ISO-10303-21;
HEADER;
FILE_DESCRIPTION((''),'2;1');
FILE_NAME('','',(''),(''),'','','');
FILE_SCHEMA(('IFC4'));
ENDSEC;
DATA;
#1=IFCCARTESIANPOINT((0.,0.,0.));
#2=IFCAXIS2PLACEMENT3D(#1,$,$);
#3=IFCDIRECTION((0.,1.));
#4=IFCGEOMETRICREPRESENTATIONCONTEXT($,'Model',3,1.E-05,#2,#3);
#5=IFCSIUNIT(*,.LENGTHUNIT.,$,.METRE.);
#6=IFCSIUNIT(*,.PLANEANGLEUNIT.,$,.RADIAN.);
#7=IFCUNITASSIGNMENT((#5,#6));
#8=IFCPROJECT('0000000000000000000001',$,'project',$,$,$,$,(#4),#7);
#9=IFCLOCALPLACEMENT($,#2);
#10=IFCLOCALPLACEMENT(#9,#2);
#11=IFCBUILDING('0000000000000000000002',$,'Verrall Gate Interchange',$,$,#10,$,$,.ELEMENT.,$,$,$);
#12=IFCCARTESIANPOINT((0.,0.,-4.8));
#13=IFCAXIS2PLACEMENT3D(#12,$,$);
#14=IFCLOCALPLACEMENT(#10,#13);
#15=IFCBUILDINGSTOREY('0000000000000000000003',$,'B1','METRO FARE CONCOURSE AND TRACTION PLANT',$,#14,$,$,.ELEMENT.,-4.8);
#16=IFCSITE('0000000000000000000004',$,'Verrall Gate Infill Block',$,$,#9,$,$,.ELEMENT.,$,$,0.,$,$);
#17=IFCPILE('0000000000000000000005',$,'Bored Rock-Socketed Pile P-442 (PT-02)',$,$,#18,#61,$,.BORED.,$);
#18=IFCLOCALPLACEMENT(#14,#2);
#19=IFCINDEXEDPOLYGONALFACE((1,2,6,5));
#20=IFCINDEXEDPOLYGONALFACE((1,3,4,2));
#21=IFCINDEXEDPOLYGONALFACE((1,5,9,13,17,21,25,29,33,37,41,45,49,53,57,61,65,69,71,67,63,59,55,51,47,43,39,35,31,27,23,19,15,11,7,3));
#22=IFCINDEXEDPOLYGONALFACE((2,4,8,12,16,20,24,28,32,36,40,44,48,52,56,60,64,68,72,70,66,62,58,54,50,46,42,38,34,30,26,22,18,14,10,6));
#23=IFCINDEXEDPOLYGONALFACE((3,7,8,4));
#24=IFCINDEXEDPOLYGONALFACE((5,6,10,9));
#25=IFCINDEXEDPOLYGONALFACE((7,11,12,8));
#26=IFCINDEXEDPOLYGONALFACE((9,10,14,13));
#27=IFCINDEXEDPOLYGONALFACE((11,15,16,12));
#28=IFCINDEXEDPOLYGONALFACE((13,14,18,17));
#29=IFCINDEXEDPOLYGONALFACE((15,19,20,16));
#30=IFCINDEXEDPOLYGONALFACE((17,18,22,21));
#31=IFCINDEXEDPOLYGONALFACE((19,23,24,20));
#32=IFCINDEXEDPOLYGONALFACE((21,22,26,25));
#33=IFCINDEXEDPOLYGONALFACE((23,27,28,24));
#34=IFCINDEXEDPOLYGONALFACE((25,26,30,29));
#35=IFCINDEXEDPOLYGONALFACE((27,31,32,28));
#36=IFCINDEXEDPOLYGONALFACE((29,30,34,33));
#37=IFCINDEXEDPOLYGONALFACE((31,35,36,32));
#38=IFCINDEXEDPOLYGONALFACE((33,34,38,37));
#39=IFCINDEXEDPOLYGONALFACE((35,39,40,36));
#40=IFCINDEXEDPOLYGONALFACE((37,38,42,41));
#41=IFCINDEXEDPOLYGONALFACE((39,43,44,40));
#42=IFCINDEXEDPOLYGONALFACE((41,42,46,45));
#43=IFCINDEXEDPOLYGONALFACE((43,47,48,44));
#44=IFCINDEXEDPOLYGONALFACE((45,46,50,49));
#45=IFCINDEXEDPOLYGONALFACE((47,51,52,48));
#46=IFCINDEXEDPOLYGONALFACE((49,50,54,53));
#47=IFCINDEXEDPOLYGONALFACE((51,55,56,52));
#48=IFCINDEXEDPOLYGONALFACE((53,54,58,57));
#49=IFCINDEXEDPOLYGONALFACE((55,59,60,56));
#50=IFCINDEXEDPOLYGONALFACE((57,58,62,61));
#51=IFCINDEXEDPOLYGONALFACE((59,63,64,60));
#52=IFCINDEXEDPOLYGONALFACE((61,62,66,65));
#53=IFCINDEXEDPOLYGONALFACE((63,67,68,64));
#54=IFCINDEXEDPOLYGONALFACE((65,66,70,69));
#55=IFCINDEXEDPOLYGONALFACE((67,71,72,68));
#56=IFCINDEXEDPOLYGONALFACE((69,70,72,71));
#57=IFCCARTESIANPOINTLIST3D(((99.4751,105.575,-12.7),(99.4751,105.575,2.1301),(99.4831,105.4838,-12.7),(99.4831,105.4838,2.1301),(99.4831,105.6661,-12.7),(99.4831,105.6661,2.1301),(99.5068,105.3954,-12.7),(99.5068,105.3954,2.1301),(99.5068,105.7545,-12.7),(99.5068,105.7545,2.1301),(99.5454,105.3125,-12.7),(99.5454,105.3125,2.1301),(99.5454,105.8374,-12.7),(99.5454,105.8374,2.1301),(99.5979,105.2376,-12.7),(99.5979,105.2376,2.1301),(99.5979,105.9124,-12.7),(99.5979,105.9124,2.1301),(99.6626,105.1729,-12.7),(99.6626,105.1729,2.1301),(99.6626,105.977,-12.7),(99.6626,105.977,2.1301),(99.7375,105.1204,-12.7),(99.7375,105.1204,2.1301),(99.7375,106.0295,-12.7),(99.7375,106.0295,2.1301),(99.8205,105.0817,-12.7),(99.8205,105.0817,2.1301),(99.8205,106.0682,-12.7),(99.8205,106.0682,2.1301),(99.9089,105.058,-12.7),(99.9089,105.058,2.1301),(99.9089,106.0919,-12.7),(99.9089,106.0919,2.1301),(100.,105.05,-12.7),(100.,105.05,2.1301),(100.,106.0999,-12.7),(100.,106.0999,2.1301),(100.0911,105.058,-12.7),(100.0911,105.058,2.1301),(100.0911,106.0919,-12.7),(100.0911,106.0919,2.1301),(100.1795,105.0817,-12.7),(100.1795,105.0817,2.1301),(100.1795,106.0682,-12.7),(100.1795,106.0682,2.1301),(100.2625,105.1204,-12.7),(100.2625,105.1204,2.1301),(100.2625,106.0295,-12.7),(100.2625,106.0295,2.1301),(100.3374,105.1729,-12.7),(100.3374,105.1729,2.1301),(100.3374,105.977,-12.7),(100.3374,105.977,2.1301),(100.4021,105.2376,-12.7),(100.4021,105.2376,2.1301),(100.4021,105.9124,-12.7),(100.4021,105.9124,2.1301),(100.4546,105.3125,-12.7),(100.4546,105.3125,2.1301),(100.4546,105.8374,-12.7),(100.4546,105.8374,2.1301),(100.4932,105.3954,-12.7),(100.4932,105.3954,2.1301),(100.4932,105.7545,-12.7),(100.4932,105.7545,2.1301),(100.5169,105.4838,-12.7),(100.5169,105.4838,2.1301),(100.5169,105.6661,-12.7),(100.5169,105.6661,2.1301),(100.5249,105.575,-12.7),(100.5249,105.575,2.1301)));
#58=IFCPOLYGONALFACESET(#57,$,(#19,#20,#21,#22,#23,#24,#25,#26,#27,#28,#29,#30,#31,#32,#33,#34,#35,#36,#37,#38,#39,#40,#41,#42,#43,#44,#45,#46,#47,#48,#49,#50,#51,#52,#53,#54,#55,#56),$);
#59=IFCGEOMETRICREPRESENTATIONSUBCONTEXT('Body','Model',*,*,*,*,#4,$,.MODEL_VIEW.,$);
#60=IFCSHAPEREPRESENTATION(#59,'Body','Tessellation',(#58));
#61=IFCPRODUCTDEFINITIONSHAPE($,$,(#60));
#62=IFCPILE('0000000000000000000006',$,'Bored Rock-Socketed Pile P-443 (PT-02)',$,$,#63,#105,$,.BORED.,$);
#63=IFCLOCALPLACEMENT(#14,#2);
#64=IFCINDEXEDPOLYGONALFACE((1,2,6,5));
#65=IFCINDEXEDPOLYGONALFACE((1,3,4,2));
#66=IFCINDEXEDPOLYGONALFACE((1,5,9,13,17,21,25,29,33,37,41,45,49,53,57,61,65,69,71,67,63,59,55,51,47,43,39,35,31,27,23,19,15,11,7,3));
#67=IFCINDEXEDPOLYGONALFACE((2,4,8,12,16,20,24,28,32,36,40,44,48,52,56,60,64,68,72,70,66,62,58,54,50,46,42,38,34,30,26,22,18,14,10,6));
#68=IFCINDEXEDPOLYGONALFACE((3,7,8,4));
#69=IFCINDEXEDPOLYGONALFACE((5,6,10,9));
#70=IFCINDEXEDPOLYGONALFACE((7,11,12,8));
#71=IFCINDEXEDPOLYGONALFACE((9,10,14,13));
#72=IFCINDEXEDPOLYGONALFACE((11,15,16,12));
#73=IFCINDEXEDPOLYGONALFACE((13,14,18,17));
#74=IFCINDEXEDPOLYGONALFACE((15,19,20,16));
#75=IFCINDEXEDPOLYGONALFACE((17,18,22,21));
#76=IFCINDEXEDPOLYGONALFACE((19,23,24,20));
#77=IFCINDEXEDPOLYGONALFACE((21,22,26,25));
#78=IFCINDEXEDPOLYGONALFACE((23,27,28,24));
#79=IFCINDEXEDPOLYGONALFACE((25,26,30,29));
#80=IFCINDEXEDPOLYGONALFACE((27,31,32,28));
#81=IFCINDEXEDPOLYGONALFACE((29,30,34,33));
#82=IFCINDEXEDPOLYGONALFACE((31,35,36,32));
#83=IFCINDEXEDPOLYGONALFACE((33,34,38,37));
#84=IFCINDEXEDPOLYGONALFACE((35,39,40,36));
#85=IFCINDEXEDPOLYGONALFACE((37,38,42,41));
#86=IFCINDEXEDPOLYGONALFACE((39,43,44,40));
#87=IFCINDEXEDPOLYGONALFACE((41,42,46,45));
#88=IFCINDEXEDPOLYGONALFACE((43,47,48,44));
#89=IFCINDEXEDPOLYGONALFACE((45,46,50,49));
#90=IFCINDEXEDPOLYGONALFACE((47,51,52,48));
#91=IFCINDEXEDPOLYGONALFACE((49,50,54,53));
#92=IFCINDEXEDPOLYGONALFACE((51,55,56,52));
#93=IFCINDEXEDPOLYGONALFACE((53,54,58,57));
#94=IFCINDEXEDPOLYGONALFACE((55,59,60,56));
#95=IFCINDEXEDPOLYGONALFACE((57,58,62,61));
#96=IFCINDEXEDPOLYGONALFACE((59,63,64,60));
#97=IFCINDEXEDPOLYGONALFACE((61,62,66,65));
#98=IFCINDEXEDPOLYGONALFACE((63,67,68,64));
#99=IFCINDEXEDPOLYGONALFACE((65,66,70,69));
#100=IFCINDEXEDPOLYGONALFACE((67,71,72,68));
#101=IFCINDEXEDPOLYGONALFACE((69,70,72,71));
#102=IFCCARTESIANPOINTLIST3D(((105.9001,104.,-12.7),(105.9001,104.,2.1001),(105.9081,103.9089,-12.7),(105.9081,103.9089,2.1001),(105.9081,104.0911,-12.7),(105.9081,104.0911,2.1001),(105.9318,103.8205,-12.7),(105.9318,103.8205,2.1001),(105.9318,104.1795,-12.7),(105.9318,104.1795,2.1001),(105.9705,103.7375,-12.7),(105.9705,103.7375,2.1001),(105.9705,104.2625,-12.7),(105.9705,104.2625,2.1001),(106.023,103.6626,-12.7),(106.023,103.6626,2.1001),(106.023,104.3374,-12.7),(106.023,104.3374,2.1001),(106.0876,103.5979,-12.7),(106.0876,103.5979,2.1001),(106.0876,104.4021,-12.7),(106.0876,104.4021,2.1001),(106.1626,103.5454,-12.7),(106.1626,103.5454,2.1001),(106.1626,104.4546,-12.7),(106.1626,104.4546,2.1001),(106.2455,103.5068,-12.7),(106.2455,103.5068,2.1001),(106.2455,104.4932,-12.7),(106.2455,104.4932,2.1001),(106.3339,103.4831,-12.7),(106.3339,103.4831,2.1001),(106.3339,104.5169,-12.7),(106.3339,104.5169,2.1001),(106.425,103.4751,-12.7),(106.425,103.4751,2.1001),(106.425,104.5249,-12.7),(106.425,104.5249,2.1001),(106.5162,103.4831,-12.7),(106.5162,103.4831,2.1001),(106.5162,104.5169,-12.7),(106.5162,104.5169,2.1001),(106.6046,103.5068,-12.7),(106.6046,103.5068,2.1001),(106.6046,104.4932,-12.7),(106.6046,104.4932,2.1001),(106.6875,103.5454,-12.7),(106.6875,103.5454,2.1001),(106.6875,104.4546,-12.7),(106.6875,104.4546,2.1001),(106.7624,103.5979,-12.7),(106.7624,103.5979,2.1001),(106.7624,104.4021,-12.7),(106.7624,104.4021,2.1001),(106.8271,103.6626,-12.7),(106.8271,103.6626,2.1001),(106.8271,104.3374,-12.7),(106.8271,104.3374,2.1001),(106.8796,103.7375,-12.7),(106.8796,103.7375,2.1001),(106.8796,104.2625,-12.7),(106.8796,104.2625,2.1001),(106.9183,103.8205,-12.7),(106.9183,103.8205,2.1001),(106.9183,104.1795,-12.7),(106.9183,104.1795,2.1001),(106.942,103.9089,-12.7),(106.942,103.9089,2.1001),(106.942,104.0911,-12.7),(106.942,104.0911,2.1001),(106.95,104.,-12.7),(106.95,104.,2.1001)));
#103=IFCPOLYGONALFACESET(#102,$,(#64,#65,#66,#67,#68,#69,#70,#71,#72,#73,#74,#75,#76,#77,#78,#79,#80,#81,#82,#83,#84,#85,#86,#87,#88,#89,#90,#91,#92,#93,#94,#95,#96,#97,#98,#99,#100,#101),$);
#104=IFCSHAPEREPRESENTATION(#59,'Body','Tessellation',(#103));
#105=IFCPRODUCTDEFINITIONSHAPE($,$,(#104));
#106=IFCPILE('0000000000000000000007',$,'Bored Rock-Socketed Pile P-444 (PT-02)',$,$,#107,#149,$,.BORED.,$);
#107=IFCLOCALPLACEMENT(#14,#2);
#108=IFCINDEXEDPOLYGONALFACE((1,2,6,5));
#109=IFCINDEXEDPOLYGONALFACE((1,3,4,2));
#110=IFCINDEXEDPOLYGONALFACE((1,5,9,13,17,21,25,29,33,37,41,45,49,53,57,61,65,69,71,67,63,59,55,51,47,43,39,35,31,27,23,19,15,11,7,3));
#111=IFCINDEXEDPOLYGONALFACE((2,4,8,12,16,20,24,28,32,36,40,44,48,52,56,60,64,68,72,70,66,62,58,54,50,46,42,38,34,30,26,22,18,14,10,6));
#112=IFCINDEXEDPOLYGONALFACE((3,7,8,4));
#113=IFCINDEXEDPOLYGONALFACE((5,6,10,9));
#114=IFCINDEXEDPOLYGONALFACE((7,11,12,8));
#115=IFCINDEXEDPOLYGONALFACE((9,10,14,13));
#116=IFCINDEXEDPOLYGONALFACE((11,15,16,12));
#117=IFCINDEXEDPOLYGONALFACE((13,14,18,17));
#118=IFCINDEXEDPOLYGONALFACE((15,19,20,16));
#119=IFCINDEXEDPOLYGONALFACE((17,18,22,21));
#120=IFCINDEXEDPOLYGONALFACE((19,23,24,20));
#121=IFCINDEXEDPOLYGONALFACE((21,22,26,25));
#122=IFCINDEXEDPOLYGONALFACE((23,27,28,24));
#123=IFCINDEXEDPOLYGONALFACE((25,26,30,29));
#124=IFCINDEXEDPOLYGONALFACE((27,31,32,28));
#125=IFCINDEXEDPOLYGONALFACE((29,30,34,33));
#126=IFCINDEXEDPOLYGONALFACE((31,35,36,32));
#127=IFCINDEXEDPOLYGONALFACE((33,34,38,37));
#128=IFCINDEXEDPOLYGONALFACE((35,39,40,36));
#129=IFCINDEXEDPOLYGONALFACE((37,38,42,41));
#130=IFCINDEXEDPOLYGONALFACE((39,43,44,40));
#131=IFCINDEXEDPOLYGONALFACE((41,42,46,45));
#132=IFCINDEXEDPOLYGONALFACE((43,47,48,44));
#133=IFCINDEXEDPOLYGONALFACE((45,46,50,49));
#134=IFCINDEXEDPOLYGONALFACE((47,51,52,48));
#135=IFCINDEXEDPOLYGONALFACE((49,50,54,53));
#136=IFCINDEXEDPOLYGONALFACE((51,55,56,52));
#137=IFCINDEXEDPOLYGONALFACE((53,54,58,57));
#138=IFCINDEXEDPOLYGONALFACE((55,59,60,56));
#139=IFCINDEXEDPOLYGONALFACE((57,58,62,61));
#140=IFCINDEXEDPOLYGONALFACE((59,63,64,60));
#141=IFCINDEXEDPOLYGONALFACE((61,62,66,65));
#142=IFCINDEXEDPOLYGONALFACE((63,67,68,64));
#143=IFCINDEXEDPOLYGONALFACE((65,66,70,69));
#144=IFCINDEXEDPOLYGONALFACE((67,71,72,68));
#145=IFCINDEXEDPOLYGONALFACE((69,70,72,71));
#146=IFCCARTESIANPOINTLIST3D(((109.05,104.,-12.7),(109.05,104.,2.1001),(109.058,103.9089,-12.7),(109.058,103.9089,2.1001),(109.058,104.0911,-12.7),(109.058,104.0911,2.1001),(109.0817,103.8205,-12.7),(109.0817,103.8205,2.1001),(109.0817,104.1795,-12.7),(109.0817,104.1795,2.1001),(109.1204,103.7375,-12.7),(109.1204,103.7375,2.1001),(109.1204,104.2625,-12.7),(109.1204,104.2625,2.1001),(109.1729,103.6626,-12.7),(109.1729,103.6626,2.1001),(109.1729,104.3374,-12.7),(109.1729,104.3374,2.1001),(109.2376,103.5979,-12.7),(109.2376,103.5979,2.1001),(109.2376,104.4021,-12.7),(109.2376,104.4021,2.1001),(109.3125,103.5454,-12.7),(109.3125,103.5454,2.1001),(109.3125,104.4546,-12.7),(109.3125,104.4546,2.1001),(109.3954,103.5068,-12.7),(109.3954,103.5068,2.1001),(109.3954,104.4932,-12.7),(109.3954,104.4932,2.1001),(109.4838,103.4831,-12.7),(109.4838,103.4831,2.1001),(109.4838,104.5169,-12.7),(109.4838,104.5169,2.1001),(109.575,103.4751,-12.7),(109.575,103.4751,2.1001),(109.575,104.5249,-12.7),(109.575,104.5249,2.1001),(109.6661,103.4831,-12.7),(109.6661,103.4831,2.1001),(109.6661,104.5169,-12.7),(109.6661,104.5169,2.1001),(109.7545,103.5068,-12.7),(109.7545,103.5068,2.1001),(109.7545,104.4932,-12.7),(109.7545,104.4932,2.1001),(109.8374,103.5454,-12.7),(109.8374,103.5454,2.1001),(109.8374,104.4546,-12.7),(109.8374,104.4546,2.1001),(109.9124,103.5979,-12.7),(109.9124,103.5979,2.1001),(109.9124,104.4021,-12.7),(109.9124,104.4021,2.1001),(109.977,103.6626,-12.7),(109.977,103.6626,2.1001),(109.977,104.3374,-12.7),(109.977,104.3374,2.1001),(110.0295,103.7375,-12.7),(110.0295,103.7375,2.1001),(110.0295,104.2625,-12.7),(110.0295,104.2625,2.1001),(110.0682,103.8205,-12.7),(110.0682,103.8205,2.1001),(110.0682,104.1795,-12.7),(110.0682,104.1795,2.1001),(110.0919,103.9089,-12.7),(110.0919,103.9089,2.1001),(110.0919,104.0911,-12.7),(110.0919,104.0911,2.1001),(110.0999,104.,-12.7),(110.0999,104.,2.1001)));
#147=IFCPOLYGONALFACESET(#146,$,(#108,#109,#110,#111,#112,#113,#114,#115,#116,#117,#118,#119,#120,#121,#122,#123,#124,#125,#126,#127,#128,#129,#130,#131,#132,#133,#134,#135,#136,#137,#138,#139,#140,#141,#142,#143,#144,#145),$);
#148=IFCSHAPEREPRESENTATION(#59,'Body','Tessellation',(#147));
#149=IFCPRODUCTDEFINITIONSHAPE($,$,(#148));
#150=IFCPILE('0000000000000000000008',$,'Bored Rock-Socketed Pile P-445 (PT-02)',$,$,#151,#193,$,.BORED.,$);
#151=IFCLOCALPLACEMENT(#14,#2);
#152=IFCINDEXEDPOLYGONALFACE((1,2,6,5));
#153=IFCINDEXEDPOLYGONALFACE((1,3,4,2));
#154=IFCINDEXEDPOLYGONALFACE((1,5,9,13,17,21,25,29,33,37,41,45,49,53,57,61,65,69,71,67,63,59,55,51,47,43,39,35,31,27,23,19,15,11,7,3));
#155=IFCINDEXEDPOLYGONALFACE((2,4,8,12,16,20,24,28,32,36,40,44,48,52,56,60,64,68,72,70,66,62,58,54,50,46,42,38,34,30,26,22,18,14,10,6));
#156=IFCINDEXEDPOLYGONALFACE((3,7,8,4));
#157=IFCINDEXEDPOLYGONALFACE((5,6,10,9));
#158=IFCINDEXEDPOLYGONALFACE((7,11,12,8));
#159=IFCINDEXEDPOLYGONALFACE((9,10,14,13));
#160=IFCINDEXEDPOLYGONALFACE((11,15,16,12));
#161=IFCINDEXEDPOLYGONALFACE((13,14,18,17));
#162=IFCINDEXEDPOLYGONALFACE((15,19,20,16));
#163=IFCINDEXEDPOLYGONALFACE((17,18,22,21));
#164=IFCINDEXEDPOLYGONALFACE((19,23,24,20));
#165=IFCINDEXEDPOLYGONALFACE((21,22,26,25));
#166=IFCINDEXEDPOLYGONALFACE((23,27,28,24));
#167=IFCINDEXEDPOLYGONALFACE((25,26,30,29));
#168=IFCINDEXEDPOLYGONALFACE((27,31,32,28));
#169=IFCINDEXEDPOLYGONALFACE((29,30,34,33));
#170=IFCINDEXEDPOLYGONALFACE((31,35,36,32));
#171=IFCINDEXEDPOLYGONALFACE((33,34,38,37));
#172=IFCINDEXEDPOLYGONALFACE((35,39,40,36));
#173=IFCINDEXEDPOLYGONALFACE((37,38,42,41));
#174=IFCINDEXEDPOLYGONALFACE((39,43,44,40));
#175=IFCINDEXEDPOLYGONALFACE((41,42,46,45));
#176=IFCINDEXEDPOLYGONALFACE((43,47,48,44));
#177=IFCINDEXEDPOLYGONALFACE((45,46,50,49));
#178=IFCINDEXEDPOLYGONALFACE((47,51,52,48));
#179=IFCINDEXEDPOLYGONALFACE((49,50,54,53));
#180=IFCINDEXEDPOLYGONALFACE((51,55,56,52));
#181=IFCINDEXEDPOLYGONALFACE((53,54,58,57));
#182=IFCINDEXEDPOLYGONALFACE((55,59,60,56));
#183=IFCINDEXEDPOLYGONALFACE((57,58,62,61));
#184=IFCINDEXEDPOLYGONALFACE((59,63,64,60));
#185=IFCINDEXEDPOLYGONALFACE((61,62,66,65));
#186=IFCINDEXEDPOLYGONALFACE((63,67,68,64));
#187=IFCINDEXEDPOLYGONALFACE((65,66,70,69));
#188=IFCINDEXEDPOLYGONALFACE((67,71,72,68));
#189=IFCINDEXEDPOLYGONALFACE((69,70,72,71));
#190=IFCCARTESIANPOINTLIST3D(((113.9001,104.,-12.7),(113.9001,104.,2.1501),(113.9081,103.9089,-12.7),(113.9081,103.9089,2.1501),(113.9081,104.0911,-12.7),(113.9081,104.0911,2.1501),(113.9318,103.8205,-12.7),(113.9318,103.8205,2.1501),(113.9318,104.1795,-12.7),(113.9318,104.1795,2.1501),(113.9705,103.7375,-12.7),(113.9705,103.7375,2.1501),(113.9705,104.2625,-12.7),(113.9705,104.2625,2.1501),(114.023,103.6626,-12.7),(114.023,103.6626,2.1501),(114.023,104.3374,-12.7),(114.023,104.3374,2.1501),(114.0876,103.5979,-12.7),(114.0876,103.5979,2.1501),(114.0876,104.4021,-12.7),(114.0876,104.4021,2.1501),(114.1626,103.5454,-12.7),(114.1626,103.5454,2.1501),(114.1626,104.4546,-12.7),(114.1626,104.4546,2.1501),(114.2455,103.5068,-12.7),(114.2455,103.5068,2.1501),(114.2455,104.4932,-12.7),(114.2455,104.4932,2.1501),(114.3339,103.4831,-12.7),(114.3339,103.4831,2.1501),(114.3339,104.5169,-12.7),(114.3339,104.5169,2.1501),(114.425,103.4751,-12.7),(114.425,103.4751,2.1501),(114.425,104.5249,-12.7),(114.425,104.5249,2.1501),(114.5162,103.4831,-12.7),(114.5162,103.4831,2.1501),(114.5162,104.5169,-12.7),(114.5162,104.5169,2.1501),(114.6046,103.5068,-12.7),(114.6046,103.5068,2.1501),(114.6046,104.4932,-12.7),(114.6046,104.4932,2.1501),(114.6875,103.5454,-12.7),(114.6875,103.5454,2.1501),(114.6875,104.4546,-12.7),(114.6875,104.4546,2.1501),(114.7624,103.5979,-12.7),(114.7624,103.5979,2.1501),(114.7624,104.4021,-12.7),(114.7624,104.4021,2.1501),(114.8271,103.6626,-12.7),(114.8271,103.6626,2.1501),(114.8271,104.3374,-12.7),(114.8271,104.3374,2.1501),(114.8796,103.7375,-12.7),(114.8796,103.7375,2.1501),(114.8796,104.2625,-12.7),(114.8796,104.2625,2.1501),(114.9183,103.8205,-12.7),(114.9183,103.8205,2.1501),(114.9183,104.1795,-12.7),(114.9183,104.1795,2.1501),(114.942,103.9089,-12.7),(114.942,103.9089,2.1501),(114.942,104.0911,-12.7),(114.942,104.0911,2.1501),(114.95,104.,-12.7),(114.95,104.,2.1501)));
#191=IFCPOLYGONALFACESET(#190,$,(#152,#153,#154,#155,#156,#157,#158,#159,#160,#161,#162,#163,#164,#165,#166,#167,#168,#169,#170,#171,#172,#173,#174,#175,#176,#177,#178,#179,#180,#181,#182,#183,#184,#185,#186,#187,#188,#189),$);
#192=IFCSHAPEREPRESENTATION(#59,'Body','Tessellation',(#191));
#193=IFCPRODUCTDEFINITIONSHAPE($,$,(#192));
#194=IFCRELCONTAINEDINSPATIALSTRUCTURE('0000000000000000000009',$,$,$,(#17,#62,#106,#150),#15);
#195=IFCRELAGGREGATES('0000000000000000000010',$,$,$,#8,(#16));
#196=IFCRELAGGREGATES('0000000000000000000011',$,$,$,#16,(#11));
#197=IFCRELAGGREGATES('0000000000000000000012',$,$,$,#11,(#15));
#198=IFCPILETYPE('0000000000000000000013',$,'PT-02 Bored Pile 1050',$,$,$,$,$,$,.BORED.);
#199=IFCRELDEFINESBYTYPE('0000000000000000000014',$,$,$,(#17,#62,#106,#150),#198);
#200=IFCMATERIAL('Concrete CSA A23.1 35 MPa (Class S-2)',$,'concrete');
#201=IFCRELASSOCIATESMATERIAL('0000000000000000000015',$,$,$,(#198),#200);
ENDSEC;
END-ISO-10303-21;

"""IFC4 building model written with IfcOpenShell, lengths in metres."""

from ifc_helpers import new_model, si_unit, direction, frame, origin, origin_2d, place, context, subcontext, project, spatial, circle, extrude, material, material_profile, profile_set, type_object, element, save


model = new_model("IFC4")

# Units and contexts
model_context = context("Model", 3, precision=1e-05, world=origin(), true_north=direction((0.0, 1.0)))
body_context = subcontext(model_context, "Body", "Model", "MODEL_VIEW")
ifc_project = project(units=[si_unit("LENGTHUNIT", "METRE"), si_unit("PLANEANGLEUNIT", "RADIAN")], contexts=[model_context])

# Site, building, storey
site_placement = place(None, origin())
site = spatial("IfcSite", under=ifc_project, at=site_placement, Name="Verrall Gate Infill Block", CompositionType="ELEMENT", RefElevation=0.0)
building_placement = place(site_placement, origin())
building = spatial("IfcBuilding", under=site, at=building_placement, Name="Verrall Gate Interchange", CompositionType="ELEMENT")
storey_placement = place(building_placement, frame((0.0, 0.0, -4.8)))
storey = spatial("IfcBuildingStorey", under=building, at=storey_placement, Name="B1", Description="METRO FARE CONCOURSE AND TRACTION PLANT", CompositionType="ELEMENT", Elevation=-4.8)

# Piles
ifc_material_1 = material(Name="Concrete CSA A23.1 35 MPa (Class S-2)", Category="concrete")
ifc_material_profile_1 = material_profile(ifc_material_1, circle(Radius=0.5249, at=origin_2d()), Name="PILE1050D")
ifc_profile_set_1 = profile_set([ifc_material_profile_1], Name="Concrete CSA A23.1 35 MPa (Class S-2)")
pile_type = type_object("IfcPileType", Name="PT-02 Bored Pile 1050", PredefinedType="BORED", material=ifc_profile_set_1)
for number, where, z_axis, x_axis, name in (
    (1, (100.0, 105.575, 2.1301), (0.0, 0.0, -1.0), (1.0, 0.0, 0.0), "Bored Rock-Socketed Pile P-442 (PT-02)"),
):
    element("IfcPile", number, at=place(storey_placement, frame(where, z_axis=z_axis, x_axis=x_axis)), inside=storey, type_object=pile_type, Name=name, PredefinedType="BORED", context=body_context, shape_type="SweptSolid", body=[
        extrude(circle(Radius=0.5249, at=origin_2d()), origin(), (0.0, 0.0, 1.0), 14.8301),
    ])
for number, where, z_axis, x_axis, name in (
    (2, (106.425, 104.0, 2.1001), (0.0, 0.0, -1.0), (1.0, 0.0, 0.0), "Bored Rock-Socketed Pile P-443 (PT-02)"),
    (3, (109.575, 104.0, 2.1001), (0.0, 0.0, -1.0), (1.0, 0.0, 0.0), "Bored Rock-Socketed Pile P-444 (PT-02)"),
):
    element("IfcPile", number, at=place(storey_placement, frame(where, z_axis=z_axis, x_axis=x_axis)), inside=storey, type_object=pile_type, Name=name, PredefinedType="BORED", context=body_context, shape_type="SweptSolid", body=[
        extrude(circle(Radius=0.5249, at=origin_2d()), origin(), (0.0, 0.0, 1.0), 14.8),
    ])
for number, where, z_axis, x_axis, name in (
    (4, (114.425, 104.0, 2.1501), (0.0, 0.0, -1.0), (1.0, 0.0, 0.0), "Bored Rock-Socketed Pile P-445 (PT-02)"),
):
    element("IfcPile", number, at=place(storey_placement, frame(where, z_axis=z_axis, x_axis=x_axis)), inside=storey, type_object=pile_type, Name=name, PredefinedType="BORED", context=body_context, shape_type="SweptSolid", body=[
        extrude(circle(Radius=0.5249, at=origin_2d()), origin(), (0.0, 0.0, 1.0), 14.8501),
    ])

save(model, "model.ifc")
